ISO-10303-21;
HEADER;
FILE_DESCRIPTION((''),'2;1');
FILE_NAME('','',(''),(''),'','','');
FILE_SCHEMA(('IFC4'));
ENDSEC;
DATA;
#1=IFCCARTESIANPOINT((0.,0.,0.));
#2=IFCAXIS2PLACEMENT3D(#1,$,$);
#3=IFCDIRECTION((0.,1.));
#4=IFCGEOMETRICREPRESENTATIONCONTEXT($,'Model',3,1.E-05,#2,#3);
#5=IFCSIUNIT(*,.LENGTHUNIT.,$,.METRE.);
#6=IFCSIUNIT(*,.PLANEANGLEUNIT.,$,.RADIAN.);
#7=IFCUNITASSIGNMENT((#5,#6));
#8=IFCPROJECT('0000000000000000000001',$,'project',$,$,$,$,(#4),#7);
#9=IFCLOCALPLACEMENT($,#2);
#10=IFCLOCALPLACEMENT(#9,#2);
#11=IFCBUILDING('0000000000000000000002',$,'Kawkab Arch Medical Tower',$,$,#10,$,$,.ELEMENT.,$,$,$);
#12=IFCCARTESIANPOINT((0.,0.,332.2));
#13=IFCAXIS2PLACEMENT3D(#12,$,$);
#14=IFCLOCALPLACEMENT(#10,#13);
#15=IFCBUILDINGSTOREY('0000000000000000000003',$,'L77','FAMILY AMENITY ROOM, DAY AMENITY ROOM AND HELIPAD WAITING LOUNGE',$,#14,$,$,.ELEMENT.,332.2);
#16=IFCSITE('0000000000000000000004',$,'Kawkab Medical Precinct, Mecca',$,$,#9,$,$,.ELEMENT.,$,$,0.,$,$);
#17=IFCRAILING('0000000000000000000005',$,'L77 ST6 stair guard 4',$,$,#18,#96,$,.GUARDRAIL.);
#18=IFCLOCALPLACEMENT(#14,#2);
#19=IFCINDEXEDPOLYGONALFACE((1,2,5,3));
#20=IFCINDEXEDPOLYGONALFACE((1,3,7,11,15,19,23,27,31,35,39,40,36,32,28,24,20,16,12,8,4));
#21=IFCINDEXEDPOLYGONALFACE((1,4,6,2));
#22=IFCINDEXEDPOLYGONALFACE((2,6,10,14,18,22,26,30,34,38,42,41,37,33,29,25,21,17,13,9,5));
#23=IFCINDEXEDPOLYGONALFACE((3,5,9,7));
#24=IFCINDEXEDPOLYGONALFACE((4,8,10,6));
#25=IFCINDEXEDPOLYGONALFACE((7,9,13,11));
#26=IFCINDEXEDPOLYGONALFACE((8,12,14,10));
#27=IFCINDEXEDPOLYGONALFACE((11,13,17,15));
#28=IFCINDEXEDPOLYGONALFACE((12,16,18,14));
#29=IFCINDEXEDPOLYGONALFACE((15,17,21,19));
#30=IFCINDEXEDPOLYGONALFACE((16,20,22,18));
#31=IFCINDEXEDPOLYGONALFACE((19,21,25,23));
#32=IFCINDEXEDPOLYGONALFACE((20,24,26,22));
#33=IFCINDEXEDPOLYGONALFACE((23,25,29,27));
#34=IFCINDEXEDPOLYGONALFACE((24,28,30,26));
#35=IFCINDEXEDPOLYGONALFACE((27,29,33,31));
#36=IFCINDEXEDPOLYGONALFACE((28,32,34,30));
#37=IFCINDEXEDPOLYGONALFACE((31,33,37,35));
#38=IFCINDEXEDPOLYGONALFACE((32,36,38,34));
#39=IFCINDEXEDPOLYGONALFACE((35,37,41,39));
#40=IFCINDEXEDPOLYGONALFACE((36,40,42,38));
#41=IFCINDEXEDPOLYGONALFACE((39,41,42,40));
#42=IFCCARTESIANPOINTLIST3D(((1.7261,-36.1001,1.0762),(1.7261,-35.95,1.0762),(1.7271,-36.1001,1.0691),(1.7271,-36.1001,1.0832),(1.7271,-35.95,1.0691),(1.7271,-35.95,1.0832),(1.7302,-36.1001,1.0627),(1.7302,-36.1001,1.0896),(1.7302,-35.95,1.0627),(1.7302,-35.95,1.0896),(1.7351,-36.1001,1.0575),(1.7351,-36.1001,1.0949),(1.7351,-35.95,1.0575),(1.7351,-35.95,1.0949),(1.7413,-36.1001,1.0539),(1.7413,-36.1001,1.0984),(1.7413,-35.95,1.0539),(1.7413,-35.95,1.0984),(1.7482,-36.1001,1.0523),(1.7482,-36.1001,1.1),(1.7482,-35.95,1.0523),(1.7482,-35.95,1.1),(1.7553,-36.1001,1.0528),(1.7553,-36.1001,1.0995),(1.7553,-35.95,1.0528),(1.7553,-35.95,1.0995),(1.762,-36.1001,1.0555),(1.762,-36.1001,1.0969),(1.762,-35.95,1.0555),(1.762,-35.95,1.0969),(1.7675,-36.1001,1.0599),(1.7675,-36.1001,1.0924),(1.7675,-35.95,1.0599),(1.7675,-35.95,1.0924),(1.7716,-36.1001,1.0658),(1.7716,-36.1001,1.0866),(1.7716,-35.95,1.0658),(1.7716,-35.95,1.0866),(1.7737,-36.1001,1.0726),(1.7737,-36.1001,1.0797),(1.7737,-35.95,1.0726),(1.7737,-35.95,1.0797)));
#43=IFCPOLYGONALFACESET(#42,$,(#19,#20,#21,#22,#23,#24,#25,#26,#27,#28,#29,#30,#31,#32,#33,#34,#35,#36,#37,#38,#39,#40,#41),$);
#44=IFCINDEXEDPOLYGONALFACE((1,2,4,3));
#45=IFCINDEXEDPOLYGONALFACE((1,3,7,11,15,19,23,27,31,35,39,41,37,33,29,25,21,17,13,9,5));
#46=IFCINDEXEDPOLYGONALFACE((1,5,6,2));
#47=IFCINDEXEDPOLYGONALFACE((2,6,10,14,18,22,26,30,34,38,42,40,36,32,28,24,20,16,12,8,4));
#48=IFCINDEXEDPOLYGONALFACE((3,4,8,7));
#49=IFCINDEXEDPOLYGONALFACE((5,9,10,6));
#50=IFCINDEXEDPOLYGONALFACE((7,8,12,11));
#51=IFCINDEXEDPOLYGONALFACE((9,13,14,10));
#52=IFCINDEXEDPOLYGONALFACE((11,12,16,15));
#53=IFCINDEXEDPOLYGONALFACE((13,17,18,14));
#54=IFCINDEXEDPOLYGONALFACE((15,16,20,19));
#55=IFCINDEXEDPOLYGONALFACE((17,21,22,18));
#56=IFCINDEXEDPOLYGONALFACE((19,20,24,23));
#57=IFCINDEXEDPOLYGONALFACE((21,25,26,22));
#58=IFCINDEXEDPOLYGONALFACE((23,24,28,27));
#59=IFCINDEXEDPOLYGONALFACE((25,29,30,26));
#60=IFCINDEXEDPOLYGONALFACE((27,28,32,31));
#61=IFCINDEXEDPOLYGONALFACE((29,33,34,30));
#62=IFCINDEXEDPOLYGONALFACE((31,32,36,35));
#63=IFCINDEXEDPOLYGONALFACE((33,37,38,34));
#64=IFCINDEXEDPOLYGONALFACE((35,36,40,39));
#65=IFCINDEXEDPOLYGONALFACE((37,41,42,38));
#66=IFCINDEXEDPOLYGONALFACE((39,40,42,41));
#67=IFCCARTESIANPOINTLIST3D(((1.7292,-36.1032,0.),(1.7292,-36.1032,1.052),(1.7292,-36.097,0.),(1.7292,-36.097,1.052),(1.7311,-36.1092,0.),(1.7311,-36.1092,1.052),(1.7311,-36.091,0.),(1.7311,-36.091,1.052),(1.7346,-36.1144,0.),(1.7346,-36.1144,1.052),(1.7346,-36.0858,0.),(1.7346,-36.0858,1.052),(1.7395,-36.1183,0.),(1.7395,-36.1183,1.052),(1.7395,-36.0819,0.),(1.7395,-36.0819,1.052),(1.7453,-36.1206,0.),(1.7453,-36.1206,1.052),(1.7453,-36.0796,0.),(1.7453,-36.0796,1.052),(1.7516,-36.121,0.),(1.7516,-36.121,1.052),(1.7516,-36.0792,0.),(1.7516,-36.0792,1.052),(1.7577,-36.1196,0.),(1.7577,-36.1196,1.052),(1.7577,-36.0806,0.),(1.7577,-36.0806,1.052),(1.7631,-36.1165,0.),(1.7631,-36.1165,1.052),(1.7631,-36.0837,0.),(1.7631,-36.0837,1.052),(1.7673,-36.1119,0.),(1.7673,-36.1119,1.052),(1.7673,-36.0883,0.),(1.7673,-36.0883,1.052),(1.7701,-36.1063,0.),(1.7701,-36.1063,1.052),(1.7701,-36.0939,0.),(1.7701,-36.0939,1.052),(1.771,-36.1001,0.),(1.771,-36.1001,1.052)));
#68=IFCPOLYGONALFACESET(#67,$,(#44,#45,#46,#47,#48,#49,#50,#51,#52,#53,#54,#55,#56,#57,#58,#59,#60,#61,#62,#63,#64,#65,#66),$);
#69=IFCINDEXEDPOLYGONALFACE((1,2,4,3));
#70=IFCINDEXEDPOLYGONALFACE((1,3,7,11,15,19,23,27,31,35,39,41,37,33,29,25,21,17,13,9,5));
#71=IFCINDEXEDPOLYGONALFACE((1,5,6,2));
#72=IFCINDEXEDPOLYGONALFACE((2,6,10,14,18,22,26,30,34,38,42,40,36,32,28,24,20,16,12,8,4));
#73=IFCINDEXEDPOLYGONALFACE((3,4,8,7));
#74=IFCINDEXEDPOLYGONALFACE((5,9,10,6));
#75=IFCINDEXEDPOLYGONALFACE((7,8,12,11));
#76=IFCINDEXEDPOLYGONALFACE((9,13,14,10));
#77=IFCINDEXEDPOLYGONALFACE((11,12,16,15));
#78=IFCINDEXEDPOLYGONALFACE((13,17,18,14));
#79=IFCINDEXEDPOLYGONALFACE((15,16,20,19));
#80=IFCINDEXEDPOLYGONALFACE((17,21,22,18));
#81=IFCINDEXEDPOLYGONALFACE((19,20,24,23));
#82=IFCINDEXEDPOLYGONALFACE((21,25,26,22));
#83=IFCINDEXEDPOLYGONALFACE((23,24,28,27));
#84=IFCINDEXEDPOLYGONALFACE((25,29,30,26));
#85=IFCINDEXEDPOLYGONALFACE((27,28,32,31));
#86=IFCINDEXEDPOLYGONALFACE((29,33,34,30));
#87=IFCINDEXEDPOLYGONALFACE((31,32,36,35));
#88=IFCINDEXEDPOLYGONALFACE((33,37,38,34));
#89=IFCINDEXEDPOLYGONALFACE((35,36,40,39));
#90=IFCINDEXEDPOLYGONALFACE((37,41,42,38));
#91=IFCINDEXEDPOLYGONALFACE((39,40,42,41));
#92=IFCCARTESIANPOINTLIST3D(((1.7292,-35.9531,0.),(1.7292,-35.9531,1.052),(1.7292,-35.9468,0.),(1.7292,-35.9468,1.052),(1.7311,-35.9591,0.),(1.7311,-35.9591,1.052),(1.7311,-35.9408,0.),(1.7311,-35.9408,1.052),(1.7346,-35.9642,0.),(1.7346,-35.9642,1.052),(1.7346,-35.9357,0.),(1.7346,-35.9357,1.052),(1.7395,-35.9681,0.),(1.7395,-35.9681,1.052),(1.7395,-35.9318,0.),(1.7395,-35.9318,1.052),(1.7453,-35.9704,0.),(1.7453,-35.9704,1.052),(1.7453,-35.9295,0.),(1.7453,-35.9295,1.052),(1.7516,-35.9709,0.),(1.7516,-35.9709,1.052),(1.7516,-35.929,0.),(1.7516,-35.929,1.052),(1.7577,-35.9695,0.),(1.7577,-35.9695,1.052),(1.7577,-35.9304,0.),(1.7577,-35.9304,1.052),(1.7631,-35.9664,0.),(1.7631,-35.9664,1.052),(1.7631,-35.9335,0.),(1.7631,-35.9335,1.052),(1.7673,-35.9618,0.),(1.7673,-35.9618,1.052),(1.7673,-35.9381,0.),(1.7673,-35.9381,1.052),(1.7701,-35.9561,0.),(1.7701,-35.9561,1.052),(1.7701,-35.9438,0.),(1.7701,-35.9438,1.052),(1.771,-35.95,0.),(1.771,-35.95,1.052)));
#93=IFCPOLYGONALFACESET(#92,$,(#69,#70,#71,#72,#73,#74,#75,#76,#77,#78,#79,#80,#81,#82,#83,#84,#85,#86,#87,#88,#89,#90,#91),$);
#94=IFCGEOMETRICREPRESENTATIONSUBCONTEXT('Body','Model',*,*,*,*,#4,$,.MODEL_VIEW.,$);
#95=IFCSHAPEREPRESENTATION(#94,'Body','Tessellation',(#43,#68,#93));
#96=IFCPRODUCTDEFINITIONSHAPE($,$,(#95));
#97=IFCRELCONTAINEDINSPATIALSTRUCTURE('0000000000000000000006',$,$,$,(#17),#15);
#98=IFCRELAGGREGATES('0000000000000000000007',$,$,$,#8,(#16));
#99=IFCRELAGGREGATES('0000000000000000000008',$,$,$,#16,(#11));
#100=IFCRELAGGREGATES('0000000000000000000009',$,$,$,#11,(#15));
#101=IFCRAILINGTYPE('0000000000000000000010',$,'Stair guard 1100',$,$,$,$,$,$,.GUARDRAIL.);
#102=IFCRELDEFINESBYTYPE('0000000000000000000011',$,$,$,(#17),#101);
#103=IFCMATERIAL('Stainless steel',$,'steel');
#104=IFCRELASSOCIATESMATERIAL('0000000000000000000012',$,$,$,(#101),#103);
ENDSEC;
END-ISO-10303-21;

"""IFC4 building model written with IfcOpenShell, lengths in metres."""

from ifc_helpers import new_model, si_unit, direction, frame, origin, origin_2d, place, context, subcontext, project, spatial, circle, extrude, material, type_object, element, save


model = new_model("IFC4")

# Units and contexts
model_context = context("Model", 3, precision=1e-05, world=origin(), true_north=direction((0.0, 1.0)))
body_context = subcontext(model_context, "Body", "Model", "MODEL_VIEW")
ifc_project = project(units=[si_unit("LENGTHUNIT", "METRE"), si_unit("PLANEANGLEUNIT", "RADIAN")], contexts=[model_context])

# Site, building, storey
site_placement = place(None, origin())
site = spatial("IfcSite", under=ifc_project, at=site_placement, Name="Kawkab Medical Precinct, Mecca", CompositionType="ELEMENT", RefElevation=0.0)
building_placement = place(site_placement, origin())
building = spatial("IfcBuilding", under=site, at=building_placement, Name="Kawkab Arch Medical Tower", CompositionType="ELEMENT")
storey_placement = place(building_placement, frame((0.0, 0.0, 332.2)))
storey = spatial("IfcBuildingStorey", under=building, at=storey_placement, Name="L77", Description="FAMILY AMENITY ROOM, DAY AMENITY ROOM AND HELIPAD WAITING LOUNGE", CompositionType="ELEMENT", Elevation=332.2)

# Railing
ifc_material_1 = material(Name="Stainless steel", Category="steel")
railing_type = type_object("IfcRailingType", Name="Stair guard 1100", PredefinedType="GUARDRAIL", material=ifc_material_1)
railing_1_placement = place(storey_placement, frame((1.75, -36.1001, 0.0)))
element("IfcRailing", 1, at=railing_1_placement, inside=storey, type_object=railing_type, Name="L77 ST6 stair guard 4", PredefinedType="GUARDRAIL", context=body_context, shape_type="SweptSolid", body=[
    extrude(circle(Radius=0.0239, at=origin_2d()), frame((0.0, 0.0, 1.0762), z_axis=(0.0, 1.0, 0.0), x_axis=(-1.0, 0.0, 0.0)), (0.0, 0.0, 1.0), 0.1501),
    extrude(circle(Radius=0.021, at=origin_2d()), origin(), (0.0, 0.0, 1.0), 1.052),
    extrude(circle(Radius=0.021, at=origin_2d()), frame((0.0, 0.1501, 0.0)), (0.0, 0.0, 1.0), 1.052),
])

save(model, "model.ifc")
